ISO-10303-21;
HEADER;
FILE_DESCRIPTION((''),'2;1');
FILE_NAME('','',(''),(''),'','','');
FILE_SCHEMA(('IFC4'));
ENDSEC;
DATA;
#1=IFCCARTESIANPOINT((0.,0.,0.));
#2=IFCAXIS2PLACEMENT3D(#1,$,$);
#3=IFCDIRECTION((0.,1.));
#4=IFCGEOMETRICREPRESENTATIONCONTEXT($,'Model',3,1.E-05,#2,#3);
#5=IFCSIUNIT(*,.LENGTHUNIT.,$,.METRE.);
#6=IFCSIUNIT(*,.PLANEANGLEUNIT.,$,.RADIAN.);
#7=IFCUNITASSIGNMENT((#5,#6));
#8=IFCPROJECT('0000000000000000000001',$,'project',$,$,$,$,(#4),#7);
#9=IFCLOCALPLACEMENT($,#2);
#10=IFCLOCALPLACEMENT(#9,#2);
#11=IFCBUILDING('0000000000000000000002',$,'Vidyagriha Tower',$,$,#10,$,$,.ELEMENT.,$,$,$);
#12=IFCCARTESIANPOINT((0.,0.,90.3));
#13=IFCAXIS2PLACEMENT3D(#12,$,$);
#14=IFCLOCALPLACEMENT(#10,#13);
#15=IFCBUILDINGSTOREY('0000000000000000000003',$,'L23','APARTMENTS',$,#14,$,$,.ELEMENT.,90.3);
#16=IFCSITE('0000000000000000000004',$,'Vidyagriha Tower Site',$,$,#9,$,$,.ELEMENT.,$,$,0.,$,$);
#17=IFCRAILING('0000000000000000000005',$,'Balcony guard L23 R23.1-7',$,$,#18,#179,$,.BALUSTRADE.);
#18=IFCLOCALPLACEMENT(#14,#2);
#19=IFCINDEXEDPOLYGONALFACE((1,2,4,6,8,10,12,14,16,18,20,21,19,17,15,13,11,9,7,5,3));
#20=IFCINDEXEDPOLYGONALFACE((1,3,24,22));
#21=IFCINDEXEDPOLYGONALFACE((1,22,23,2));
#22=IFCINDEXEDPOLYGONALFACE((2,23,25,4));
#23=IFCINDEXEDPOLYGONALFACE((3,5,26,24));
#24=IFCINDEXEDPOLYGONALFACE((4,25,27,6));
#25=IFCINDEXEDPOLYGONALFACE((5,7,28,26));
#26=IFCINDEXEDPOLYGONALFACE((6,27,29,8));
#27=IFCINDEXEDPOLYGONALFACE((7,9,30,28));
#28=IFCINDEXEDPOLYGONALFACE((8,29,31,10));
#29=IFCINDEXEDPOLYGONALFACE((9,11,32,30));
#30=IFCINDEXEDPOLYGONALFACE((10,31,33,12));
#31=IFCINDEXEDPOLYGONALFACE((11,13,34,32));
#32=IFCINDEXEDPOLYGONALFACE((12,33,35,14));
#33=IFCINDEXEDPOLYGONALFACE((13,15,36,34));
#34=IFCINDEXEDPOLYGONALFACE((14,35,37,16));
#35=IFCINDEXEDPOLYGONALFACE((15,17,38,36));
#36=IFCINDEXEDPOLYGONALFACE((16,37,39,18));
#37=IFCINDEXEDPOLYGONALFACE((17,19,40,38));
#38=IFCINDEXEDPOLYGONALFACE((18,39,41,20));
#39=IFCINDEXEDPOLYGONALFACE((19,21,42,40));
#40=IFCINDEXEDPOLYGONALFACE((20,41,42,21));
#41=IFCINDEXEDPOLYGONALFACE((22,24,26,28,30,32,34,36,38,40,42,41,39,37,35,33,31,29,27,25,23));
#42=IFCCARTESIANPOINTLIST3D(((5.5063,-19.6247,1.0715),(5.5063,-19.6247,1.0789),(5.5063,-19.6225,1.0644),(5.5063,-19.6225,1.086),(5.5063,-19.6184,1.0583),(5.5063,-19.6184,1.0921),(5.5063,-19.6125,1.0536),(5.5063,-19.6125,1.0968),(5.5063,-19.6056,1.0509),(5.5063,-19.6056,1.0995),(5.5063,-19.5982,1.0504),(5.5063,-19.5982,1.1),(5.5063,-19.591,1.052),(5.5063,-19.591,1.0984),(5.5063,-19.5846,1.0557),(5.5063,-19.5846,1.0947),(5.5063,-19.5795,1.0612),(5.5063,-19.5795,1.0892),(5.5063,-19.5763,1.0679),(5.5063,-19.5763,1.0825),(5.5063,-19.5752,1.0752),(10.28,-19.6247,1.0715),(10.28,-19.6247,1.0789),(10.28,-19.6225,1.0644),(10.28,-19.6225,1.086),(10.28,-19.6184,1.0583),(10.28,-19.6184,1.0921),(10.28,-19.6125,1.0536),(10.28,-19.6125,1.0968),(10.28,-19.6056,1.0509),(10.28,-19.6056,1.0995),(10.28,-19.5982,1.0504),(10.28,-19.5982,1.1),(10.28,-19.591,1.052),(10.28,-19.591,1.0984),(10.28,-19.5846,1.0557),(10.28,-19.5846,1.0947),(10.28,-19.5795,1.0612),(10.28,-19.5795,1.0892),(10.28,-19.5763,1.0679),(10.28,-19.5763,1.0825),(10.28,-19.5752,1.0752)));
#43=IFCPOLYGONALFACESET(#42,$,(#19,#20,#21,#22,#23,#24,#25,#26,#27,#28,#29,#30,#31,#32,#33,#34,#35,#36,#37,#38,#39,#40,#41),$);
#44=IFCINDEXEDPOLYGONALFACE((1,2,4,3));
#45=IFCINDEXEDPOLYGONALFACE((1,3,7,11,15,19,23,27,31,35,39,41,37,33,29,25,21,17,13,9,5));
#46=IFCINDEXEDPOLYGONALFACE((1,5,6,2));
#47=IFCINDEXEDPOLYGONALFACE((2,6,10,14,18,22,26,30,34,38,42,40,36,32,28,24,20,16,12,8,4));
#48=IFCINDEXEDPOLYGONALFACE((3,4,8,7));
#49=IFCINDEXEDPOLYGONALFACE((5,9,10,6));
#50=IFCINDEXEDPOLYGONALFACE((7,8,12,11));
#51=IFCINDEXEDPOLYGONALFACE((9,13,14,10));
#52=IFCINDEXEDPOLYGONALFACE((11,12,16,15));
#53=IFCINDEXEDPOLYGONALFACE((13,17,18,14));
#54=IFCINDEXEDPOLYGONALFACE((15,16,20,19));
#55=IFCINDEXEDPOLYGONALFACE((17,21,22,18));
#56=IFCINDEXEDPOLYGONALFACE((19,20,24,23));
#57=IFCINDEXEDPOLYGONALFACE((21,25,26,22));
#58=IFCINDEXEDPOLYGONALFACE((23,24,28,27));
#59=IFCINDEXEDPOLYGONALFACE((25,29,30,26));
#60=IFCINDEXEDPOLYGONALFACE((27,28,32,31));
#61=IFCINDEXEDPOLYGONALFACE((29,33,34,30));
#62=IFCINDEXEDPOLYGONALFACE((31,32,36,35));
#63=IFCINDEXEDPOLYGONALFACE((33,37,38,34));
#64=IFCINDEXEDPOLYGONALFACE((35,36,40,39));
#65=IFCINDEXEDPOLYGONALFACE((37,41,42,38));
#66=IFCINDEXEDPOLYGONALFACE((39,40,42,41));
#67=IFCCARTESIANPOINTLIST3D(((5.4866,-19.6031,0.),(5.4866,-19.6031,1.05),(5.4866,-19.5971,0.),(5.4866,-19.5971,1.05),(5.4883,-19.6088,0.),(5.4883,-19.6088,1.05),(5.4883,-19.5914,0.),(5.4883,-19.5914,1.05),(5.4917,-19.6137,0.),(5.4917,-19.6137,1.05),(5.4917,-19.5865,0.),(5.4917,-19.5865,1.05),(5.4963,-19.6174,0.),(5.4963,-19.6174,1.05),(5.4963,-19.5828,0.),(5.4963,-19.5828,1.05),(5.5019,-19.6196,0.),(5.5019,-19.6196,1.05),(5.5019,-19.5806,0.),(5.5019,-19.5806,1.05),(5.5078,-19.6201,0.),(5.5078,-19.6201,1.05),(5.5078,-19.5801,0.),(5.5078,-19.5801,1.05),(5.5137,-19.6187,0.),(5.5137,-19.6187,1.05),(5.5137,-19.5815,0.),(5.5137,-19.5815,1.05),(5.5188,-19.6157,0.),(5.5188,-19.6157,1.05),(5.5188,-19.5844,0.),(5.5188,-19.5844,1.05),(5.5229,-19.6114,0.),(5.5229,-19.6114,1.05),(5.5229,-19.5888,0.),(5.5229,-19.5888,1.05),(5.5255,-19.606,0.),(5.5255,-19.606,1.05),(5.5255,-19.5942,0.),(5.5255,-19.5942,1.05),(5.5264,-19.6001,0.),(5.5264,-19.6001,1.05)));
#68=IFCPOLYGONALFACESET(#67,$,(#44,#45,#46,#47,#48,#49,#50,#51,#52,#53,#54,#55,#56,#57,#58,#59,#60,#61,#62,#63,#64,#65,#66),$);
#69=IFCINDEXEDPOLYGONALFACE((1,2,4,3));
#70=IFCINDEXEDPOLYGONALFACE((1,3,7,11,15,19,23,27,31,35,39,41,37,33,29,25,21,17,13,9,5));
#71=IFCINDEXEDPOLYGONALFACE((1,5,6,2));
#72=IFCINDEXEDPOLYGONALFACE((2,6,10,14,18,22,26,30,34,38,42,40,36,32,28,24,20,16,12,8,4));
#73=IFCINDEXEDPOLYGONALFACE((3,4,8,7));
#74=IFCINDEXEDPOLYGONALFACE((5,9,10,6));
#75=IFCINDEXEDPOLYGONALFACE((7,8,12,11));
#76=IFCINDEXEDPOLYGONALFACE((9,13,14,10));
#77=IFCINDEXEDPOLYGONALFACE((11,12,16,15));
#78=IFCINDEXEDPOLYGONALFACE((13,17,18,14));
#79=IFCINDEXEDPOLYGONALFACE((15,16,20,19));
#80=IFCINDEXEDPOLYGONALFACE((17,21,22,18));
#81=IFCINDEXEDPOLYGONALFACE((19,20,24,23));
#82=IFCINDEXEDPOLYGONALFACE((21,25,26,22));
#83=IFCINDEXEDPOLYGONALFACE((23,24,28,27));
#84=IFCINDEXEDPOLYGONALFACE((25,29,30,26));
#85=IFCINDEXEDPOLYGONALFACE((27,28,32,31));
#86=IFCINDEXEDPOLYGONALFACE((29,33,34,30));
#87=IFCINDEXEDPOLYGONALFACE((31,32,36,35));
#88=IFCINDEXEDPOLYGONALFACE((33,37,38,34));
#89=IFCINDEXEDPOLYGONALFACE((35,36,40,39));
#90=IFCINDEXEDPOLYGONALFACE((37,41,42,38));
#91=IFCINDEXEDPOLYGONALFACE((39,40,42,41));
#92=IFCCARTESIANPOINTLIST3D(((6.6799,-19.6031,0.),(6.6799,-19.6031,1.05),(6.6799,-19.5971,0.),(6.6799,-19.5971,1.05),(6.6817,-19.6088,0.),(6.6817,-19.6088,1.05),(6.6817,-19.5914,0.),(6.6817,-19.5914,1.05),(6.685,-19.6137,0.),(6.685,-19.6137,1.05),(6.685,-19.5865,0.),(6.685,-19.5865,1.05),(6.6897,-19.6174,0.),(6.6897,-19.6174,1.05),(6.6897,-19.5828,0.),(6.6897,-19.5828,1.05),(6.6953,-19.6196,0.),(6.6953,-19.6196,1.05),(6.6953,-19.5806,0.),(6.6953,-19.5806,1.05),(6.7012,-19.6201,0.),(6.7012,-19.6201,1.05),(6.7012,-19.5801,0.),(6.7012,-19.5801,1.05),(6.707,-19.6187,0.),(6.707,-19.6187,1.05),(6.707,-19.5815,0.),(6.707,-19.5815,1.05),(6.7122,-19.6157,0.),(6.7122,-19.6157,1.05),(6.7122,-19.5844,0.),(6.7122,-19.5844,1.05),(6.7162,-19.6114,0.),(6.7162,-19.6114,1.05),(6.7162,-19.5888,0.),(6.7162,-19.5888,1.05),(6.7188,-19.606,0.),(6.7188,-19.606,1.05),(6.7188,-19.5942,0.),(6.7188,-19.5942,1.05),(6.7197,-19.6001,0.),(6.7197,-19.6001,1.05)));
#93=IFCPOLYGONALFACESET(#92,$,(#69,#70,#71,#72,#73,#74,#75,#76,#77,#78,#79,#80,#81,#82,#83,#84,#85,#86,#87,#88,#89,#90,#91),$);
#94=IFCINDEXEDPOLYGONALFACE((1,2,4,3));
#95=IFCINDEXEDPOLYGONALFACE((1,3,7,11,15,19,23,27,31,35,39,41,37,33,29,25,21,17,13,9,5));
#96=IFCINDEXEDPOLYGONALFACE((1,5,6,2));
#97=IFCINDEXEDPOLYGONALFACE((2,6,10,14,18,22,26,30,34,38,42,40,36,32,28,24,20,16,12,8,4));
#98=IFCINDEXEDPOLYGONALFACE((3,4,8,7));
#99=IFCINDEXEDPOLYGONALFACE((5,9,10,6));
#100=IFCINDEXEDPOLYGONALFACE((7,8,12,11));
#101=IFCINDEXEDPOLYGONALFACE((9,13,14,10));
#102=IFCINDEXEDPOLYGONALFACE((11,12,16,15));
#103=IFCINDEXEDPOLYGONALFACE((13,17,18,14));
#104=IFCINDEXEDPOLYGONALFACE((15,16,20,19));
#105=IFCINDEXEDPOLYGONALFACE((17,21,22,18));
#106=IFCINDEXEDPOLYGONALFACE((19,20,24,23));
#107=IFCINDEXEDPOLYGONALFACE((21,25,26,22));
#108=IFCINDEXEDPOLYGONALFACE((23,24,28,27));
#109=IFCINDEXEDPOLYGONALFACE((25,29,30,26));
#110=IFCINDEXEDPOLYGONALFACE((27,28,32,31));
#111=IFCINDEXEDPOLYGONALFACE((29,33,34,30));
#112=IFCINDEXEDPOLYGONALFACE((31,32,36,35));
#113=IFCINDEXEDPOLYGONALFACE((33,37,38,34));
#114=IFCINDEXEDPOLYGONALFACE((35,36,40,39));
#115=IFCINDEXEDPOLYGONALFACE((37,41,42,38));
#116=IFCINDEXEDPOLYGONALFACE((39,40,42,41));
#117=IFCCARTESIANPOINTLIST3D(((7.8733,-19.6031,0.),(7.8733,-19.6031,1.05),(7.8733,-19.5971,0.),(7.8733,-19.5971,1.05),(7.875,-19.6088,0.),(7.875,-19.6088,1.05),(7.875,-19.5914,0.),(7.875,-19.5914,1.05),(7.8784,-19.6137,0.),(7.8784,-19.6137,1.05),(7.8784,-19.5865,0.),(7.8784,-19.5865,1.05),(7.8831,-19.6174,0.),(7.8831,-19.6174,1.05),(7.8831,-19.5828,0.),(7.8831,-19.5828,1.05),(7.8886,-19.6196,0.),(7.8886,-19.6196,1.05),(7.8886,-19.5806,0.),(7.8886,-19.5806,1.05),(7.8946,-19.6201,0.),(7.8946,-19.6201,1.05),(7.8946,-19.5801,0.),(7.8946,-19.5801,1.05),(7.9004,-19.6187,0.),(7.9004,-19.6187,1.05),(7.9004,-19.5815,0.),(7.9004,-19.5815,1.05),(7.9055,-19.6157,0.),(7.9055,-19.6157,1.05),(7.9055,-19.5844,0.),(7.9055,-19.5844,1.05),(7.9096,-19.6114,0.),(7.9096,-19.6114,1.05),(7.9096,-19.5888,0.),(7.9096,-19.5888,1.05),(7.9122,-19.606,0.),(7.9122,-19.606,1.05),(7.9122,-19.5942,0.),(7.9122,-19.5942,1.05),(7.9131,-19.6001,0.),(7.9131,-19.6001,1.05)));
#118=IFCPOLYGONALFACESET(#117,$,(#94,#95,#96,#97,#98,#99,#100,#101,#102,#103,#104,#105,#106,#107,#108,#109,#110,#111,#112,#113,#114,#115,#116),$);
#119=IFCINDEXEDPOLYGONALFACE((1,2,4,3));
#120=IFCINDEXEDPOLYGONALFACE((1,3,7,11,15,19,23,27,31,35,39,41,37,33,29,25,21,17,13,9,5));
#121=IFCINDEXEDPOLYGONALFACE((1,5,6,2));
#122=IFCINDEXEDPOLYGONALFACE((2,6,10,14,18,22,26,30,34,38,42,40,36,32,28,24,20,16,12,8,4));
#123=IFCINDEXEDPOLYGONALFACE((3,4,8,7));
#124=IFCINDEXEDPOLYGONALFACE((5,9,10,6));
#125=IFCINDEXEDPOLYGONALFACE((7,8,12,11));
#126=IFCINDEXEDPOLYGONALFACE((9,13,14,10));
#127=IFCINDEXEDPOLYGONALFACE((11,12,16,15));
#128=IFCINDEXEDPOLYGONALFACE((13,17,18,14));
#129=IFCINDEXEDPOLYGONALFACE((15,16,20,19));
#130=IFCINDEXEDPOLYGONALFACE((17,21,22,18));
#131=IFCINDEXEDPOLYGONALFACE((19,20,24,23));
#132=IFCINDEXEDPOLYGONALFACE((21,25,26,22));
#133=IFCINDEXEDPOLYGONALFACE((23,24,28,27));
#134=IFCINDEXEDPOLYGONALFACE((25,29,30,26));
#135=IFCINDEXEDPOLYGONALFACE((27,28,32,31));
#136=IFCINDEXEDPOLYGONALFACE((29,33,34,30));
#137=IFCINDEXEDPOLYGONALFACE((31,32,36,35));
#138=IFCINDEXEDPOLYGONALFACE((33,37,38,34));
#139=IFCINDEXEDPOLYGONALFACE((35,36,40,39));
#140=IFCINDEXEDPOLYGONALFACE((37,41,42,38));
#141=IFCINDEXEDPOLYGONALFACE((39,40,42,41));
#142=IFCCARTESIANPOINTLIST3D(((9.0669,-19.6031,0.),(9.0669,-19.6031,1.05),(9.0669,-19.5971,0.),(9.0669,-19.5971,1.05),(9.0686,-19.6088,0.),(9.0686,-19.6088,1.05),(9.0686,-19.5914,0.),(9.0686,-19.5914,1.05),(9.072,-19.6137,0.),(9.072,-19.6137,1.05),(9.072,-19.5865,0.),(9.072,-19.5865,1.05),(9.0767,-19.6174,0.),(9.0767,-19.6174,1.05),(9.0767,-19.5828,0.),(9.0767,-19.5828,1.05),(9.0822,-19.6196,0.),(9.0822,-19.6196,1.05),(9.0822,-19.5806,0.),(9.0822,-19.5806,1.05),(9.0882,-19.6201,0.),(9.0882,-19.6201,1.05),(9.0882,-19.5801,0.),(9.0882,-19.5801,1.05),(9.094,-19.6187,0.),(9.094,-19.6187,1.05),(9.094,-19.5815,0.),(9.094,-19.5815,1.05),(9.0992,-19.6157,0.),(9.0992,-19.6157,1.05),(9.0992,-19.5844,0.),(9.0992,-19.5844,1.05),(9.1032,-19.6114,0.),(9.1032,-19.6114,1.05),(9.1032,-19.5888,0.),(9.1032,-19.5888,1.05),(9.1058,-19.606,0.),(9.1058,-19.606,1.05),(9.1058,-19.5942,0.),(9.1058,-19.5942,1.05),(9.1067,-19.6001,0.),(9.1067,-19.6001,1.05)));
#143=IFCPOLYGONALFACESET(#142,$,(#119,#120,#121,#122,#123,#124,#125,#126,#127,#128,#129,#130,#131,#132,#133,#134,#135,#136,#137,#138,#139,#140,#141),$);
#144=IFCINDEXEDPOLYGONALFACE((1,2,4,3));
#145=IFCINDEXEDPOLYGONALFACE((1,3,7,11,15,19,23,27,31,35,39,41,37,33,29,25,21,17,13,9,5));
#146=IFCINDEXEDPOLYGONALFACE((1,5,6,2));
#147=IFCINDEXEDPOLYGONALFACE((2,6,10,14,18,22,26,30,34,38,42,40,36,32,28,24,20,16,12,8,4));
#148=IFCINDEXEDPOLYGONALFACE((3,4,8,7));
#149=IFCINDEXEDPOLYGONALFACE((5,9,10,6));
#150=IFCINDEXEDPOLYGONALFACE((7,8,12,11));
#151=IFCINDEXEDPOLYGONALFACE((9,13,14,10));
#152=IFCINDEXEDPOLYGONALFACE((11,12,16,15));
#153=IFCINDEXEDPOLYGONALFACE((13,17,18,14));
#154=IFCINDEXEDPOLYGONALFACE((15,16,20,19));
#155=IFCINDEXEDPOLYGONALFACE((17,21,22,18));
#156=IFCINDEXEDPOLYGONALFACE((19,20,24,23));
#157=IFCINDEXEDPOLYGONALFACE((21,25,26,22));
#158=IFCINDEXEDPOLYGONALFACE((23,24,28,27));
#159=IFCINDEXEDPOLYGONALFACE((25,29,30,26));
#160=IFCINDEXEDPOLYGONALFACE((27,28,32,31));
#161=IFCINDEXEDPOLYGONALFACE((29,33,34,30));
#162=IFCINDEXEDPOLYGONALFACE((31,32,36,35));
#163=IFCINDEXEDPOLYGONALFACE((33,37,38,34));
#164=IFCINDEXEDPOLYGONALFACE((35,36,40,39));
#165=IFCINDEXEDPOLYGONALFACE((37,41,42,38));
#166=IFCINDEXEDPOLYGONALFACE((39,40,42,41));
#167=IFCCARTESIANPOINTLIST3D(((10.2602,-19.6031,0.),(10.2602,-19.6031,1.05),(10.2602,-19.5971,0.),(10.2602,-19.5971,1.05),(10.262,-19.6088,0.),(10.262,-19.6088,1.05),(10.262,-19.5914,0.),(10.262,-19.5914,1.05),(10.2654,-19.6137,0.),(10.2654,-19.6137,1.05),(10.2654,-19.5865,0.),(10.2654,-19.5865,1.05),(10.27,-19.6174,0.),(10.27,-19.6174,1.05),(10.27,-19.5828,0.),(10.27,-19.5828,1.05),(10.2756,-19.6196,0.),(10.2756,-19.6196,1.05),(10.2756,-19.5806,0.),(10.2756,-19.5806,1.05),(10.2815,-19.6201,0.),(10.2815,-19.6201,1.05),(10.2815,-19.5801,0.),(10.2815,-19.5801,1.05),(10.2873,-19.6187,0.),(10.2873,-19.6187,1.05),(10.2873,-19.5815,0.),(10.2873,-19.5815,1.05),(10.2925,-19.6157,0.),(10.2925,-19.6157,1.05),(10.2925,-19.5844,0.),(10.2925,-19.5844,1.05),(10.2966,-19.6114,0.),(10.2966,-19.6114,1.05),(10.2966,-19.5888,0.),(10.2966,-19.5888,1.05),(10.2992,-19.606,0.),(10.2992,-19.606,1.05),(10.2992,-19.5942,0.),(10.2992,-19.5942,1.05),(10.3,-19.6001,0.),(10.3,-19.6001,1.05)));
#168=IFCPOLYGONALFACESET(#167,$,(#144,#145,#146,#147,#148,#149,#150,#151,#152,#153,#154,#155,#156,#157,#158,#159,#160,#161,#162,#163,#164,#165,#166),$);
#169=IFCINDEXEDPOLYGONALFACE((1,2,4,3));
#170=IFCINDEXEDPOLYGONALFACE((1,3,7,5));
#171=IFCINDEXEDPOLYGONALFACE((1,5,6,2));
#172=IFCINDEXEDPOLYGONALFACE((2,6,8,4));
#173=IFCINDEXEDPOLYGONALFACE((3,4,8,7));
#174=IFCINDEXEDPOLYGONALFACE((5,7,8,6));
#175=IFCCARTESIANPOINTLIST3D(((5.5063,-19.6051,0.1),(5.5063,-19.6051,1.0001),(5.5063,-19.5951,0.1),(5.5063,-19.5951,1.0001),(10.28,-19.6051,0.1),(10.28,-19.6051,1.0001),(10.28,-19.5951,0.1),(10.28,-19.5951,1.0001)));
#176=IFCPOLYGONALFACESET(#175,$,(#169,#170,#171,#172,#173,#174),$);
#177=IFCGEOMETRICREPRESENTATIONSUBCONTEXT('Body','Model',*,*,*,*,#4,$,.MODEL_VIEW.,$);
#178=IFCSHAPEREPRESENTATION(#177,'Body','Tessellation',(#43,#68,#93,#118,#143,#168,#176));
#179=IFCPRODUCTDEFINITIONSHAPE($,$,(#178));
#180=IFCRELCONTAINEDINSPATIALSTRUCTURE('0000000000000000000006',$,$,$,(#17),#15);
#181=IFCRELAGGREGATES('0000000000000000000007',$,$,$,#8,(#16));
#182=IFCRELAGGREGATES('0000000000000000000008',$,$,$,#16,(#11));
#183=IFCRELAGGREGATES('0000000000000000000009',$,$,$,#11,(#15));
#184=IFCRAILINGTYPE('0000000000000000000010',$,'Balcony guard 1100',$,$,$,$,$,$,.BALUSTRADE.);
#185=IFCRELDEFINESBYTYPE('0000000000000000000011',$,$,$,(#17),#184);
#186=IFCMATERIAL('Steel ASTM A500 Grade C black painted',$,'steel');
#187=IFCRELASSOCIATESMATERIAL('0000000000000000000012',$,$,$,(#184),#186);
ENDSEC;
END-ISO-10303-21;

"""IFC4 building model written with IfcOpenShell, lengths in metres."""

from ifc_helpers import new_model, si_unit, direction, frame, origin, origin_2d, place, context, subcontext, project, spatial, rectangle, circle, extrude, material, type_object, element, save


model = new_model("IFC4")

# Units and contexts
model_context = context("Model", 3, precision=1e-05, world=origin(), true_north=direction((0.0, 1.0)))
body_context = subcontext(model_context, "Body", "Model", "MODEL_VIEW")
ifc_project = project(units=[si_unit("LENGTHUNIT", "METRE"), si_unit("PLANEANGLEUNIT", "RADIAN")], contexts=[model_context])

# Site, building, storey
site_placement = place(None, origin())
site = spatial("IfcSite", under=ifc_project, at=site_placement, Name="Vidyagriha Tower Site", CompositionType="ELEMENT", RefElevation=0.0)
building_placement = place(site_placement, origin())
building = spatial("IfcBuilding", under=site, at=building_placement, Name="Vidyagriha Tower", CompositionType="ELEMENT")
storey_placement = place(building_placement, frame((0.0, 0.0, 90.3)))
storey = spatial("IfcBuildingStorey", under=building, at=storey_placement, Name="L23", Description="APARTMENTS", CompositionType="ELEMENT", Elevation=90.3)

# Railing
ifc_material_1 = material(Name="Steel ASTM A500 Grade C black painted", Category="steel")
railing_type = type_object("IfcRailingType", Name="Balcony guard 1100", PredefinedType="BALUSTRADE", material=ifc_material_1)
for number, where, name in (
    (1, (5.5063, -19.6001, 0.0), "Balcony guard L23 R23.1-7"),
):
    element("IfcRailing", number, at=place(storey_placement, frame(where)), inside=storey, type_object=railing_type, Name=name, PredefinedType="BALUSTRADE", context=body_context, shape_type="SweptSolid", body=[
        extrude(circle(Radius=0.0249, at=origin_2d()), frame((0.0, 0.0, 1.0752), z_axis=(1.0, 0.0, 0.0), x_axis=(0.0, 1.0, 0.0)), (0.0, 0.0, 1.0), 4.7737),
        extrude(circle(Radius=0.02, at=origin_2d()), origin(), (0.0, 0.0, 1.0), 1.05),
        extrude(circle(Radius=0.02, at=origin_2d()), frame((1.1934, 0.0, 0.0)), (0.0, 0.0, 1.0), 1.05),
        extrude(circle(Radius=0.02, at=origin_2d()), frame((2.3867, 0.0, 0.0)), (0.0, 0.0, 1.0), 1.05),
        extrude(circle(Radius=0.02, at=origin_2d()), frame((3.5803, 0.0, 0.0)), (0.0, 0.0, 1.0), 1.05),
        extrude(circle(Radius=0.02, at=origin_2d()), frame((4.7737, 0.0, 0.0)), (0.0, 0.0, 1.0), 1.05),
        extrude(rectangle(XDim=0.01, YDim=0.9001, at=origin_2d()), frame((0.0, 0.0, 0.55), z_axis=(1.0, 0.0, 0.0), x_axis=(0.0, 1.0, 0.0)), (0.0, 0.0, 1.0), 4.7737),
    ])

save(model, "model.ifc")
